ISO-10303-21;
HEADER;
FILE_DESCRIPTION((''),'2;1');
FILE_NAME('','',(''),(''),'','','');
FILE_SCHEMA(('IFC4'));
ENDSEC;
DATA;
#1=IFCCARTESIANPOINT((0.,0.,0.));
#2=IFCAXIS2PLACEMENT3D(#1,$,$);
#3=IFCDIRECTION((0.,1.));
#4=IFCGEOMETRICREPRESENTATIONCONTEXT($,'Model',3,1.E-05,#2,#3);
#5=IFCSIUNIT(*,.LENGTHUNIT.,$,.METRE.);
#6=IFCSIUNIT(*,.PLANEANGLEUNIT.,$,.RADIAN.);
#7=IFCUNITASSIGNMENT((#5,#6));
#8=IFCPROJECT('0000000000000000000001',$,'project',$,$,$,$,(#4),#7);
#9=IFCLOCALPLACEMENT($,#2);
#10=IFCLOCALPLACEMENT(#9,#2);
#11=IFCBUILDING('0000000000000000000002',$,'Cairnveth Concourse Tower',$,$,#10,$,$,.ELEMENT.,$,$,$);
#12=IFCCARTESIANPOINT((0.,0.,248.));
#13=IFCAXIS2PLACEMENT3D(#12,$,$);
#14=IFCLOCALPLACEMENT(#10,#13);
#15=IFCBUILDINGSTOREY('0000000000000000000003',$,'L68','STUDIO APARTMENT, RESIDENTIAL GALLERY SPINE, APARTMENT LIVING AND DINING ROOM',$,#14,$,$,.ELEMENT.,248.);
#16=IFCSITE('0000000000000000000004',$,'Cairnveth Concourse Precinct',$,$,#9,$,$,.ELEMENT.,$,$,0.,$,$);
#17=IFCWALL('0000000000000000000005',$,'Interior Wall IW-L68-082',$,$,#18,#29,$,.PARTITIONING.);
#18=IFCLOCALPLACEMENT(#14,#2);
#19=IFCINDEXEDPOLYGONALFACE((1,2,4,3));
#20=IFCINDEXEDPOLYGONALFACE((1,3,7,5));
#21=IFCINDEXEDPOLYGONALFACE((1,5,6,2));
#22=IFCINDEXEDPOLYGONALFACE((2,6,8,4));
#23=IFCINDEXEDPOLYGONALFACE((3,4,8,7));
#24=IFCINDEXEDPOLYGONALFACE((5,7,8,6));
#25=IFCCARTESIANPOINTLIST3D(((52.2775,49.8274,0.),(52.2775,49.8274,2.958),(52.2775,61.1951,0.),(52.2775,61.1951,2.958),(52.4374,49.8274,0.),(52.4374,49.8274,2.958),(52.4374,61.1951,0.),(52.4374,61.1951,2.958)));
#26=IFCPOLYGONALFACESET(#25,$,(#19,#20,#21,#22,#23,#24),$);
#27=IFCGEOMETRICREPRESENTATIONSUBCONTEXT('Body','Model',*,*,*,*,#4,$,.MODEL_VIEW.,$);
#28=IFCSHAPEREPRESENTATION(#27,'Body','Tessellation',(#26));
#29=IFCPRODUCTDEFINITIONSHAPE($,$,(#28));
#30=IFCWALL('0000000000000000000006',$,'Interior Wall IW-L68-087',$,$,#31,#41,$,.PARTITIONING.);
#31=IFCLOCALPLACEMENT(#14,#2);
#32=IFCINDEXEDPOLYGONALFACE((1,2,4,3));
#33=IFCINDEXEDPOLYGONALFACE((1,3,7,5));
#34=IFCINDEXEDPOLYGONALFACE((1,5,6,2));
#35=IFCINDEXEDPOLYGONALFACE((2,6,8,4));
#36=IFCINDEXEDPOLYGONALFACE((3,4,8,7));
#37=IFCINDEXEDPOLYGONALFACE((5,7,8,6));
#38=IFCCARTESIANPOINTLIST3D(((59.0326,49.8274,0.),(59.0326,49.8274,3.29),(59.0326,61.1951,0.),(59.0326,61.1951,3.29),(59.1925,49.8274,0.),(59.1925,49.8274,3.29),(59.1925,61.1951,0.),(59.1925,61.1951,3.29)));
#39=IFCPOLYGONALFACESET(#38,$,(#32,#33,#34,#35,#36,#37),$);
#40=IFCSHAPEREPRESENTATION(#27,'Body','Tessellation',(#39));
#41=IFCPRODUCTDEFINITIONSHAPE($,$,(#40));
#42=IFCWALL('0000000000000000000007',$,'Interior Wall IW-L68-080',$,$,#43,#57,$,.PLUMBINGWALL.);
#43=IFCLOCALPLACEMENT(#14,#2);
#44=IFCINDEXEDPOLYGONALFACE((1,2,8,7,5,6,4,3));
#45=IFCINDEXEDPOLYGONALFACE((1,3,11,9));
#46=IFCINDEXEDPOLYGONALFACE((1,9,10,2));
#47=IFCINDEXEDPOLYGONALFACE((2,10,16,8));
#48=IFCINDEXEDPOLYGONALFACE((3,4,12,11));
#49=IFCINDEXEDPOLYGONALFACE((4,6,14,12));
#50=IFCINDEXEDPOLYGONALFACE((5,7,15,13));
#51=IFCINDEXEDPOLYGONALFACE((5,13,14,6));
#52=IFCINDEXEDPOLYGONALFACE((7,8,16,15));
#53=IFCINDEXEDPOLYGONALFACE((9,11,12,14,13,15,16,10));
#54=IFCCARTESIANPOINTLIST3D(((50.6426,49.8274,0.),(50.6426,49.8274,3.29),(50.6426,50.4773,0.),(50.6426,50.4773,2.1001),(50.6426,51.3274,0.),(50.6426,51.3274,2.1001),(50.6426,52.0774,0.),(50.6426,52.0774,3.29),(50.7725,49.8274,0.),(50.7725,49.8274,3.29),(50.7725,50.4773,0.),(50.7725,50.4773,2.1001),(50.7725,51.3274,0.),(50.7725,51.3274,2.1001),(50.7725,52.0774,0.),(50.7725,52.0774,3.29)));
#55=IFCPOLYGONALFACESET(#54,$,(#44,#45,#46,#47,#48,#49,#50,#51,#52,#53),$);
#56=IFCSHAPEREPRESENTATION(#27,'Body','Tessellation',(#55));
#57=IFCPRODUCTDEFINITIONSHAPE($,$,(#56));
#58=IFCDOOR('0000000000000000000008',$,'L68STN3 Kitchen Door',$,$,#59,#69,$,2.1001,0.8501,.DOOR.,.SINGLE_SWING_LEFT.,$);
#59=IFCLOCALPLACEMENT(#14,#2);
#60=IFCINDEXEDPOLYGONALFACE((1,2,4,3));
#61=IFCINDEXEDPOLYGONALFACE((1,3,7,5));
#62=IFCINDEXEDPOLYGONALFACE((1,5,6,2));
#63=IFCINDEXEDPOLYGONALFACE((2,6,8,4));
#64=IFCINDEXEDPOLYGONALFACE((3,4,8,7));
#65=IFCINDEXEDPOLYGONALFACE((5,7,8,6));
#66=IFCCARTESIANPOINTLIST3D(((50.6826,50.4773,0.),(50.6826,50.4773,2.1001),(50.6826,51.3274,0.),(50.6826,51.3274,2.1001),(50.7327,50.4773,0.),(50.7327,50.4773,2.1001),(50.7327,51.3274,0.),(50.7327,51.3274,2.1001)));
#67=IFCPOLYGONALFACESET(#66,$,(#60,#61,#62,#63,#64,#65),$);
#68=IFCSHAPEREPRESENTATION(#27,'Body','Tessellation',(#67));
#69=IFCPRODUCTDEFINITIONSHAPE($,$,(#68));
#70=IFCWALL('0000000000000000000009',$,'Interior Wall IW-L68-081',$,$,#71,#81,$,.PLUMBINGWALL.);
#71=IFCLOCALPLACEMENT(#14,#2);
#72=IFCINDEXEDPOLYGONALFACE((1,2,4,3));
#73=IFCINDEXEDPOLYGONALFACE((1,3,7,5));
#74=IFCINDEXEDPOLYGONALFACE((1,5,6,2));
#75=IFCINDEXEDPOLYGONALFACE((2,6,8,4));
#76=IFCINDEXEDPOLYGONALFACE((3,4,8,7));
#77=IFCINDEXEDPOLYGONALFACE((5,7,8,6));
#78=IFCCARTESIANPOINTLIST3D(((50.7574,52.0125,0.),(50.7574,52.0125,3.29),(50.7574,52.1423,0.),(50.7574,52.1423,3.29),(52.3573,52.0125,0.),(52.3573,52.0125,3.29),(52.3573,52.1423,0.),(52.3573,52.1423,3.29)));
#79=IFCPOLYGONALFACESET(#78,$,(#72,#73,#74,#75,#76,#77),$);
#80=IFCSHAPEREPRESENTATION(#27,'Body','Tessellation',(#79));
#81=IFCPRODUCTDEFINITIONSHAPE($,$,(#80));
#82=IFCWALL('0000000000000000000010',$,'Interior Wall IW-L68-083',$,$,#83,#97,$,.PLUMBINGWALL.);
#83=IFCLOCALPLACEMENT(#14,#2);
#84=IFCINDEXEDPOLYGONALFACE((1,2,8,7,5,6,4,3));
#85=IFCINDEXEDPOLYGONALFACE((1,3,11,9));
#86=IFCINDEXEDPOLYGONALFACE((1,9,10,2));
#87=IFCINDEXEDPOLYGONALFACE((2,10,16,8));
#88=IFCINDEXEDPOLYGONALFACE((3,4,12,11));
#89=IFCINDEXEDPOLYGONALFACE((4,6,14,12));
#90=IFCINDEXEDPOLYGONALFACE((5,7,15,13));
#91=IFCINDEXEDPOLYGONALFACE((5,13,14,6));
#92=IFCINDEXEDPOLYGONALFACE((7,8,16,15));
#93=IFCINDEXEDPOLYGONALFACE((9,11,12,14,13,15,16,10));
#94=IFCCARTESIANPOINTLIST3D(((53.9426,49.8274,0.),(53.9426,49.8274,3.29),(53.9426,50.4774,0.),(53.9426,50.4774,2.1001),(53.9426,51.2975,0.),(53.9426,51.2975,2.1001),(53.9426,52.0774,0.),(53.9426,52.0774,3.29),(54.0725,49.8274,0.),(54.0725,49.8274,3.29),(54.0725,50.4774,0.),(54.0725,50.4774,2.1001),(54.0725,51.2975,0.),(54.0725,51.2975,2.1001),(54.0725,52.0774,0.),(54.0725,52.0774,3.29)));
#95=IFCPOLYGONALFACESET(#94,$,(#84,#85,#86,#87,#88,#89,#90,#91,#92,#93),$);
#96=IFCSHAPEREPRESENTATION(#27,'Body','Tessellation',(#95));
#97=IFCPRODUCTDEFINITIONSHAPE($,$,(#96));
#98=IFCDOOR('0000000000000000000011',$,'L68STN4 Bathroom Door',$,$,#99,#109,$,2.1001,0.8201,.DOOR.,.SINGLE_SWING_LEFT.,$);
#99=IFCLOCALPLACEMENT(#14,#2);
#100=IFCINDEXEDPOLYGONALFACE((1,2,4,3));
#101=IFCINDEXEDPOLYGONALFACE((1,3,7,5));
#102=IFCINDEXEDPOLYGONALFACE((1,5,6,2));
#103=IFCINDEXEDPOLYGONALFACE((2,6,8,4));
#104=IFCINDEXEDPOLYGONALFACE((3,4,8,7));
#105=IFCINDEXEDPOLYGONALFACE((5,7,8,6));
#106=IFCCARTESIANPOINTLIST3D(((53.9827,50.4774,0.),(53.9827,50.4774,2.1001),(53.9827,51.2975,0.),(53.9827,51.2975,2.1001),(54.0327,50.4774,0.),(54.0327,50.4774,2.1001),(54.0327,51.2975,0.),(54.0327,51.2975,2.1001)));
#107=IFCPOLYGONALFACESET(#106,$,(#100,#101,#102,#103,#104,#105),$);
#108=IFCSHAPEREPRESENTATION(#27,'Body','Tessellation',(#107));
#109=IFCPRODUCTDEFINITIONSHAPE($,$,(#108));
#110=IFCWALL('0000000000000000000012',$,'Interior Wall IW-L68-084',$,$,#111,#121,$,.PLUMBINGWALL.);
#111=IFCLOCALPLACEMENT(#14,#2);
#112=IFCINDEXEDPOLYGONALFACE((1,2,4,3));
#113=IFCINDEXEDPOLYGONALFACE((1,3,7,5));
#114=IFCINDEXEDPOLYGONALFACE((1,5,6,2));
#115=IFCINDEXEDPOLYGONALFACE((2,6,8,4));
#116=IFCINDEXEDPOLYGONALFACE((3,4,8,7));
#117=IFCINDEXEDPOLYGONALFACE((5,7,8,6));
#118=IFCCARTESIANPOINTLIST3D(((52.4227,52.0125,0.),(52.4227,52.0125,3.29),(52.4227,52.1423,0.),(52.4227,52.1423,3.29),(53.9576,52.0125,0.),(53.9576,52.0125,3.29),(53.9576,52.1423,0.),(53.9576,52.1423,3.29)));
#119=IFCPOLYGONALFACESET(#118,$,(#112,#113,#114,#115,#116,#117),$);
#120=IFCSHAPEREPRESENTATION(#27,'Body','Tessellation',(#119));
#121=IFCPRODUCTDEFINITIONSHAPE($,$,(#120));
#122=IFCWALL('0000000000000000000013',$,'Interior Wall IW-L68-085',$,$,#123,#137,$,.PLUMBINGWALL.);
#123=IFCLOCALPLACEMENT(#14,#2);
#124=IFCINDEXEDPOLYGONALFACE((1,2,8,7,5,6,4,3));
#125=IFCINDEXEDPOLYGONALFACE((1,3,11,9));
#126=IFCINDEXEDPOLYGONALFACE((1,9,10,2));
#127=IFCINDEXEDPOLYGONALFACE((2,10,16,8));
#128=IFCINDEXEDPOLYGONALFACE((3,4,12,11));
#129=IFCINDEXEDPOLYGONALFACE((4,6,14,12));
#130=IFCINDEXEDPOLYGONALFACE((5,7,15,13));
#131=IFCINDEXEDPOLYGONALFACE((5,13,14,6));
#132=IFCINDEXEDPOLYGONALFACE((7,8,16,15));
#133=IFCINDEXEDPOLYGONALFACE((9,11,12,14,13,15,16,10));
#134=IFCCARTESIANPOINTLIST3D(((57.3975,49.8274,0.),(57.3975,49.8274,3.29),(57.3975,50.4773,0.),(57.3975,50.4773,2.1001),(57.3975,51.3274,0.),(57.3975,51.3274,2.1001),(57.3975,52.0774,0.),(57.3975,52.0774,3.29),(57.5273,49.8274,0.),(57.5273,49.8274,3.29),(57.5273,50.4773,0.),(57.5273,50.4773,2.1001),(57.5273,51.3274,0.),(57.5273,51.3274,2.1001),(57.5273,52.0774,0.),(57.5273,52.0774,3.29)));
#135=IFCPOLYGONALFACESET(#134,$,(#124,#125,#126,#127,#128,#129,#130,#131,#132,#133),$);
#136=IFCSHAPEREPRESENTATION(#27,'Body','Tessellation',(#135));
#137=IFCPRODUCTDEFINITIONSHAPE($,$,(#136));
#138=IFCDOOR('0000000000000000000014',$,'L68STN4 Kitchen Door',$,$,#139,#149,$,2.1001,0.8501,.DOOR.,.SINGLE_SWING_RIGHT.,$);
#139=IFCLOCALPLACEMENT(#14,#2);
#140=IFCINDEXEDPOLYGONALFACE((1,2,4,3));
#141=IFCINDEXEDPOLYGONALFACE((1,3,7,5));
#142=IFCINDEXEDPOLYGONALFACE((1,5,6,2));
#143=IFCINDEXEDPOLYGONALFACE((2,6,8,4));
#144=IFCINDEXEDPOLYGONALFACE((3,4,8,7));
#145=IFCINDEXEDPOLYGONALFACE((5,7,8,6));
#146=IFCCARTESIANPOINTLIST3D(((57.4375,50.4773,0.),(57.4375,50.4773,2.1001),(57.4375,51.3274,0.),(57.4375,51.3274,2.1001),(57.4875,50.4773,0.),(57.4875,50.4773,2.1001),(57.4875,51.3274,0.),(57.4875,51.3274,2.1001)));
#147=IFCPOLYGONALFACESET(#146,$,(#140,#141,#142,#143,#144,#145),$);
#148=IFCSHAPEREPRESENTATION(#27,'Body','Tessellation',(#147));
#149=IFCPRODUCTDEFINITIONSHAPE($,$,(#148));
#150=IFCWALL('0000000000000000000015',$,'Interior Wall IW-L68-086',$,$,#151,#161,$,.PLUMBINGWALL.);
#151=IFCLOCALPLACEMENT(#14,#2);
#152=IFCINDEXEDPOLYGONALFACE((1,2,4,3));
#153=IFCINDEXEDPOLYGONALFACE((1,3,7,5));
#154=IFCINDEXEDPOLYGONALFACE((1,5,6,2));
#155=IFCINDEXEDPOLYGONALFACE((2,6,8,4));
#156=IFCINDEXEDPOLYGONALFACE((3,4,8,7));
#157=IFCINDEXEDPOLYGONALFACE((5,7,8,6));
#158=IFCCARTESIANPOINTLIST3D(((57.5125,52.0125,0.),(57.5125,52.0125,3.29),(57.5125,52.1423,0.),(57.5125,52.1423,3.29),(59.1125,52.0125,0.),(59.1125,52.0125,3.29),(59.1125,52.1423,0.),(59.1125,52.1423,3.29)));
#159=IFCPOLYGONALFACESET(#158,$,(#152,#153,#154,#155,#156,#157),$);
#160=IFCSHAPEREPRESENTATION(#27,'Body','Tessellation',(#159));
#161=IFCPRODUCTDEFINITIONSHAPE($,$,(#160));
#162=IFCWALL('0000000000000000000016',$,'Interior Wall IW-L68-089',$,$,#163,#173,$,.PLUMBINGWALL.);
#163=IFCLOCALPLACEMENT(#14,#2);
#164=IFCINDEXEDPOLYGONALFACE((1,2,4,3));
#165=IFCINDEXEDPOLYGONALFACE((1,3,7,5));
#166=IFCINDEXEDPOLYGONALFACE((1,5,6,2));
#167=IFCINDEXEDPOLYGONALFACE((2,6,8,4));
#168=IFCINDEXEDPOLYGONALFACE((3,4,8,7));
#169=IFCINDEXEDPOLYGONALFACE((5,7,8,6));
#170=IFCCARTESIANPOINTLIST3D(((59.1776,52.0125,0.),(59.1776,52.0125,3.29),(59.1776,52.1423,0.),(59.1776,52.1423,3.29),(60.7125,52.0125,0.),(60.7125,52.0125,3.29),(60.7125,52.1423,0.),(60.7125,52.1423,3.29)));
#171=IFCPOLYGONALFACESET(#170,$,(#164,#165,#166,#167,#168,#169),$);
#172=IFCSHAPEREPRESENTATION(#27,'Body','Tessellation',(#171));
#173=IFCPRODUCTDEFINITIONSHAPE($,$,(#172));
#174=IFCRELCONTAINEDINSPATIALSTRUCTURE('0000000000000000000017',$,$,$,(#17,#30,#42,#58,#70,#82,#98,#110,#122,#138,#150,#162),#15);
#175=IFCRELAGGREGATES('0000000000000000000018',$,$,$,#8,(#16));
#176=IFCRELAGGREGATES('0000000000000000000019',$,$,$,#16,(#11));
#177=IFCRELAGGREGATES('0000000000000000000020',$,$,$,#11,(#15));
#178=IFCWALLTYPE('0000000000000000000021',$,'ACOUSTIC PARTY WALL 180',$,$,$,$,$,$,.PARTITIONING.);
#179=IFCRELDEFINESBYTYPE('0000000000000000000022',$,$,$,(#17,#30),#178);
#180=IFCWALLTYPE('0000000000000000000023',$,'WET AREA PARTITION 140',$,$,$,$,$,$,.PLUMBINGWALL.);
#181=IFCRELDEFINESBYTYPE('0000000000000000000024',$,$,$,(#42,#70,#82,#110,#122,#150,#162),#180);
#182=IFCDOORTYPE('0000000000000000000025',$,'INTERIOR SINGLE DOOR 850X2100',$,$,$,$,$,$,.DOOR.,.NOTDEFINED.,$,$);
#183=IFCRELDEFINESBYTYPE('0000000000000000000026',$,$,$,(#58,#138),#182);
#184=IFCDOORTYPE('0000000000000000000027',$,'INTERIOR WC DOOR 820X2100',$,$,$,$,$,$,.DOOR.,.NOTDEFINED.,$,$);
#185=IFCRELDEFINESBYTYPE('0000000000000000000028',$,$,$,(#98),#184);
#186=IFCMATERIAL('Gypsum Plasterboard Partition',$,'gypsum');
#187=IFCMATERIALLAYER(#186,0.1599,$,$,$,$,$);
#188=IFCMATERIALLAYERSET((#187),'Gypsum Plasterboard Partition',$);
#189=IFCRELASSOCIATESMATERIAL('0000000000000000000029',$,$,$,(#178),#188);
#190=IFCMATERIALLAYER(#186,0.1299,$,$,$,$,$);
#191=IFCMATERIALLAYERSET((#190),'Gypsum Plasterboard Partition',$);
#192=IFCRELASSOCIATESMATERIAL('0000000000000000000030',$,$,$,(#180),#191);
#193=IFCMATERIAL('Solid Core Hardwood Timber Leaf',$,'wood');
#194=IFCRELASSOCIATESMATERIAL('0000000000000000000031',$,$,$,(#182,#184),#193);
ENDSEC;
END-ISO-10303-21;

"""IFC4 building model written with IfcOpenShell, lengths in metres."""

from ifc_helpers import new_model, si_unit, direction, frame, frame_2d, origin, place, context, subcontext, project, spatial, rectangle, extrude, material, layer, layer_set, type_object, element, fill, save


model = new_model("IFC4")

# Units and contexts
model_context = context("Model", 3, precision=1e-05, world=origin(), true_north=direction((0.0, 1.0)))
body_context = subcontext(model_context, "Body", "Model", "MODEL_VIEW")
ifc_project = project(units=[si_unit("LENGTHUNIT", "METRE"), si_unit("PLANEANGLEUNIT", "RADIAN")], contexts=[model_context])

# Site, building, storey
site_placement = place(None, origin())
site = spatial("IfcSite", under=ifc_project, at=site_placement, Name="Cairnveth Concourse Precinct", CompositionType="ELEMENT", RefElevation=0.0)
building_placement = place(site_placement, origin())
building = spatial("IfcBuilding", under=site, at=building_placement, Name="Cairnveth Concourse Tower", CompositionType="ELEMENT")
storey_placement = place(building_placement, frame((0.0, 0.0, 248.0)))
storey = spatial("IfcBuildingStorey", under=building, at=storey_placement, Name="L68", Description="STUDIO APARTMENT, RESIDENTIAL GALLERY SPINE, APARTMENT LIVING AND DINING ROOM", CompositionType="ELEMENT", Elevation=248.0)

# Walls
ifc_material_1 = material(Name="Gypsum Plasterboard Partition", Category="gypsum")
ifc_layer_1 = layer(ifc_material_1, 0.1599)
ifc_layer_set_1 = layer_set([ifc_layer_1], Name="Gypsum Plasterboard Partition")
wall_type_1 = type_object("IfcWallType", Name="ACOUSTIC PARTY WALL 180", PredefinedType="PARTITIONING", material=ifc_layer_set_1)
wall_1_placement = place(storey_placement, frame((52.3574, 49.8274, 0.0), z_axis=(0.0, 0.0, 1.0), x_axis=(0.0, 1.0, 0.0)))
element("IfcWall", 1, at=wall_1_placement, inside=storey, type_object=wall_type_1, Name="Interior Wall IW-L68-082", PredefinedType="PARTITIONING", context=body_context, shape_type="SweptSolid", body=[
    extrude(rectangle(XDim=11.3677, YDim=0.1599, at=frame_2d((5.6838, 0.0))), origin(), (0.0, 0.0, 1.0), 2.958),
])
wall_2_placement = place(storey_placement, frame((59.1125, 49.8274, 0.0), z_axis=(0.0, 0.0, 1.0), x_axis=(0.0, 1.0, 0.0)))
element("IfcWall", 2, at=wall_2_placement, inside=storey, type_object=wall_type_1, Name="Interior Wall IW-L68-087", PredefinedType="PARTITIONING", context=body_context, shape_type="SweptSolid", body=[
    extrude(rectangle(XDim=11.3677, YDim=0.1599, at=frame_2d((5.6838, 0.0))), origin(), (0.0, 0.0, 1.0), 3.29),
])

# Wall, opening, door
ifc_layer_2 = layer(ifc_material_1, 0.1299)
ifc_layer_set_2 = layer_set([ifc_layer_2], Name="Gypsum Plasterboard Partition")
wall_type_2 = type_object("IfcWallType", Name="WET AREA PARTITION 140", PredefinedType="PLUMBINGWALL", material=ifc_layer_set_2)
wall_3_placement = place(storey_placement, frame((50.7075, 49.8274, 0.0), z_axis=(0.0, 0.0, 1.0), x_axis=(0.0, 1.0, 0.0)))
wall_3 = element("IfcWall", 3, at=wall_3_placement, inside=storey, type_object=wall_type_2, Name="Interior Wall IW-L68-080", PredefinedType="PLUMBINGWALL", context=body_context, shape_type="SweptSolid", body=[
    extrude(rectangle(XDim=2.25, YDim=0.1299, at=frame_2d((1.125, 0.0))), origin(), (0.0, 0.0, 1.0), 3.29),
])
opening_1_placement = place(wall_3_placement, frame((0.6499, 0.0, 0.0)))
opening_1 = element("IfcOpeningElement", 4, at=opening_1_placement, cuts=wall_3, PredefinedType="OPENING", context=body_context, shape_type="SweptSolid", body=[
    extrude(rectangle(XDim=0.8501, YDim=2.1001, at=frame_2d((0.425, 1.05))), frame((0.0, 0.075, 0.0), z_axis=(0.0, -1.0, 0.0), x_axis=(1.0, 0.0, 0.0)), (0.0, 0.0, 1.0), 0.1499),
])
ifc_material_2 = material(Name="Solid Core Hardwood Timber Leaf", Category="wood")
door_type_1 = type_object("IfcDoorType", Name="INTERIOR SINGLE DOOR 850X2100", OperationType="NOTDEFINED", PredefinedType="DOOR", material=ifc_material_2)
door_1_placement = place(opening_1_placement, origin())
door_1 = element("IfcDoor", 5, at=door_1_placement, inside=storey, type_object=door_type_1, Name="L68STN3 Kitchen Door", OperationType="SINGLE_SWING_LEFT", OverallHeight=2.1001, OverallWidth=0.8501, PredefinedType="DOOR", context=body_context, shape_type="SweptSolid", body=[
    extrude(rectangle(XDim=0.8501, YDim=2.1001, at=frame_2d((0.425, 1.05))), frame((0.0, 0.0249, 0.0), z_axis=(0.0, -1.0, 0.0), x_axis=(1.0, 0.0, 0.0)), (0.0, 0.0, 1.0), 0.05),
])
fill(opening_1, door_1)

# Wall
wall_4_placement = place(storey_placement, frame((50.7576, 52.0774, 0.0), z_axis=(0.0, 0.0, 1.0), x_axis=(1.0, 0.0, 0.0)))
element("IfcWall", 6, at=wall_4_placement, inside=storey, type_object=wall_type_2, Name="Interior Wall IW-L68-081", PredefinedType="PLUMBINGWALL", context=body_context, shape_type="SweptSolid", body=[
    extrude(rectangle(XDim=1.5999, YDim=0.1299, at=frame_2d((0.7998, 0.0))), origin(), (0.0, 0.0, 1.0), 3.29),
])

# Wall, opening, door
wall_5_placement = place(storey_placement, frame((54.0076, 49.8274, 0.0), z_axis=(0.0, 0.0, 1.0), x_axis=(0.0, 1.0, 0.0)))
wall_5 = element("IfcWall", 7, at=wall_5_placement, inside=storey, type_object=wall_type_2, Name="Interior Wall IW-L68-083", PredefinedType="PLUMBINGWALL", context=body_context, shape_type="SweptSolid", body=[
    extrude(rectangle(XDim=2.25, YDim=0.1299, at=frame_2d((1.125, 0.0))), origin(), (0.0, 0.0, 1.0), 3.29),
])
opening_2_placement = place(wall_5_placement, frame((0.6499, 0.0, 0.0)))
opening_2 = element("IfcOpeningElement", 8, at=opening_2_placement, cuts=wall_5, PredefinedType="OPENING", context=body_context, shape_type="SweptSolid", body=[
    extrude(rectangle(XDim=0.8201, YDim=2.1001, at=frame_2d((0.4102, 1.05))), frame((0.0, 0.075, 0.0), z_axis=(0.0, -1.0, 0.0), x_axis=(1.0, 0.0, 0.0)), (0.0, 0.0, 1.0), 0.1499),
])
door_type_2 = type_object("IfcDoorType", Name="INTERIOR WC DOOR 820X2100", OperationType="NOTDEFINED", PredefinedType="DOOR", material=ifc_material_2)
door_2_placement = place(opening_2_placement, origin())
door_2 = element("IfcDoor", 9, at=door_2_placement, inside=storey, type_object=door_type_2, Name="L68STN4 Bathroom Door", OperationType="SINGLE_SWING_LEFT", OverallHeight=2.1001, OverallWidth=0.8201, PredefinedType="DOOR", context=body_context, shape_type="SweptSolid", body=[
    extrude(rectangle(XDim=0.8201, YDim=2.1001, at=frame_2d((0.4102, 1.05))), frame((0.0, 0.0249, 0.0), z_axis=(0.0, -1.0, 0.0), x_axis=(1.0, 0.0, 0.0)), (0.0, 0.0, 1.0), 0.05),
])
fill(opening_2, door_2)

# Wall
wall_6_placement = place(storey_placement, frame((52.4226, 52.0774, 0.0), z_axis=(0.0, 0.0, 1.0), x_axis=(1.0, 0.0, 0.0)))
element("IfcWall", 10, at=wall_6_placement, inside=storey, type_object=wall_type_2, Name="Interior Wall IW-L68-084", PredefinedType="PLUMBINGWALL", context=body_context, shape_type="SweptSolid", body=[
    extrude(rectangle(XDim=1.5349, YDim=0.1299, at=frame_2d((0.7676, 0.0))), origin(), (0.0, 0.0, 1.0), 3.29),
])

# Wall, opening, door
wall_7_placement = place(storey_placement, frame((57.4624, 49.8274, 0.0), z_axis=(0.0, 0.0, 1.0), x_axis=(0.0, 1.0, 0.0)))
wall_7 = element("IfcWall", 11, at=wall_7_placement, inside=storey, type_object=wall_type_2, Name="Interior Wall IW-L68-085", PredefinedType="PLUMBINGWALL", context=body_context, shape_type="SweptSolid", body=[
    extrude(rectangle(XDim=2.25, YDim=0.1299, at=frame_2d((1.125, 0.0))), origin(), (0.0, 0.0, 1.0), 3.29),
])
opening_3_placement = place(wall_7_placement, frame((0.6499, 0.0, 0.0)))
opening_3 = element("IfcOpeningElement", 12, at=opening_3_placement, cuts=wall_7, PredefinedType="OPENING", context=body_context, shape_type="SweptSolid", body=[
    extrude(rectangle(XDim=0.8501, YDim=2.1001, at=frame_2d((0.425, 1.05))), frame((0.0, 0.075, 0.0), z_axis=(0.0, -1.0, 0.0), x_axis=(1.0, 0.0, 0.0)), (0.0, 0.0, 1.0), 0.1499),
])
door_3_placement = place(opening_3_placement, origin())
door_3 = element("IfcDoor", 13, at=door_3_placement, inside=storey, type_object=door_type_1, Name="L68STN4 Kitchen Door", OperationType="SINGLE_SWING_RIGHT", OverallHeight=2.1001, OverallWidth=0.8501, PredefinedType="DOOR", context=body_context, shape_type="SweptSolid", body=[
    extrude(rectangle(XDim=0.8501, YDim=2.1001, at=frame_2d((0.425, 1.05))), frame((0.0, 0.0249, 0.0), z_axis=(0.0, -1.0, 0.0), x_axis=(1.0, 0.0, 0.0)), (0.0, 0.0, 1.0), 0.05),
])
fill(opening_3, door_3)

# Walls
wall_8_placement = place(storey_placement, frame((57.5125, 52.0774, 0.0), z_axis=(0.0, 0.0, 1.0), x_axis=(1.0, 0.0, 0.0)))
element("IfcWall", 14, at=wall_8_placement, inside=storey, type_object=wall_type_2, Name="Interior Wall IW-L68-086", PredefinedType="PLUMBINGWALL", context=body_context, shape_type="SweptSolid", body=[
    extrude(rectangle(XDim=1.6001, YDim=0.1299, at=frame_2d((0.8, 0.0))), origin(), (0.0, 0.0, 1.0), 3.29),
])
wall_9_placement = place(storey_placement, frame((59.1775, 52.0774, 0.0), z_axis=(0.0, 0.0, 1.0), x_axis=(1.0, 0.0, 0.0)))
element("IfcWall", 15, at=wall_9_placement, inside=storey, type_object=wall_type_2, Name="Interior Wall IW-L68-089", PredefinedType="PLUMBINGWALL", context=body_context, shape_type="SweptSolid", body=[
    extrude(rectangle(XDim=1.5349, YDim=0.1299, at=frame_2d((0.7676, 0.0))), origin(), (0.0, 0.0, 1.0), 3.29),
])

save(model, "model.ifc")
